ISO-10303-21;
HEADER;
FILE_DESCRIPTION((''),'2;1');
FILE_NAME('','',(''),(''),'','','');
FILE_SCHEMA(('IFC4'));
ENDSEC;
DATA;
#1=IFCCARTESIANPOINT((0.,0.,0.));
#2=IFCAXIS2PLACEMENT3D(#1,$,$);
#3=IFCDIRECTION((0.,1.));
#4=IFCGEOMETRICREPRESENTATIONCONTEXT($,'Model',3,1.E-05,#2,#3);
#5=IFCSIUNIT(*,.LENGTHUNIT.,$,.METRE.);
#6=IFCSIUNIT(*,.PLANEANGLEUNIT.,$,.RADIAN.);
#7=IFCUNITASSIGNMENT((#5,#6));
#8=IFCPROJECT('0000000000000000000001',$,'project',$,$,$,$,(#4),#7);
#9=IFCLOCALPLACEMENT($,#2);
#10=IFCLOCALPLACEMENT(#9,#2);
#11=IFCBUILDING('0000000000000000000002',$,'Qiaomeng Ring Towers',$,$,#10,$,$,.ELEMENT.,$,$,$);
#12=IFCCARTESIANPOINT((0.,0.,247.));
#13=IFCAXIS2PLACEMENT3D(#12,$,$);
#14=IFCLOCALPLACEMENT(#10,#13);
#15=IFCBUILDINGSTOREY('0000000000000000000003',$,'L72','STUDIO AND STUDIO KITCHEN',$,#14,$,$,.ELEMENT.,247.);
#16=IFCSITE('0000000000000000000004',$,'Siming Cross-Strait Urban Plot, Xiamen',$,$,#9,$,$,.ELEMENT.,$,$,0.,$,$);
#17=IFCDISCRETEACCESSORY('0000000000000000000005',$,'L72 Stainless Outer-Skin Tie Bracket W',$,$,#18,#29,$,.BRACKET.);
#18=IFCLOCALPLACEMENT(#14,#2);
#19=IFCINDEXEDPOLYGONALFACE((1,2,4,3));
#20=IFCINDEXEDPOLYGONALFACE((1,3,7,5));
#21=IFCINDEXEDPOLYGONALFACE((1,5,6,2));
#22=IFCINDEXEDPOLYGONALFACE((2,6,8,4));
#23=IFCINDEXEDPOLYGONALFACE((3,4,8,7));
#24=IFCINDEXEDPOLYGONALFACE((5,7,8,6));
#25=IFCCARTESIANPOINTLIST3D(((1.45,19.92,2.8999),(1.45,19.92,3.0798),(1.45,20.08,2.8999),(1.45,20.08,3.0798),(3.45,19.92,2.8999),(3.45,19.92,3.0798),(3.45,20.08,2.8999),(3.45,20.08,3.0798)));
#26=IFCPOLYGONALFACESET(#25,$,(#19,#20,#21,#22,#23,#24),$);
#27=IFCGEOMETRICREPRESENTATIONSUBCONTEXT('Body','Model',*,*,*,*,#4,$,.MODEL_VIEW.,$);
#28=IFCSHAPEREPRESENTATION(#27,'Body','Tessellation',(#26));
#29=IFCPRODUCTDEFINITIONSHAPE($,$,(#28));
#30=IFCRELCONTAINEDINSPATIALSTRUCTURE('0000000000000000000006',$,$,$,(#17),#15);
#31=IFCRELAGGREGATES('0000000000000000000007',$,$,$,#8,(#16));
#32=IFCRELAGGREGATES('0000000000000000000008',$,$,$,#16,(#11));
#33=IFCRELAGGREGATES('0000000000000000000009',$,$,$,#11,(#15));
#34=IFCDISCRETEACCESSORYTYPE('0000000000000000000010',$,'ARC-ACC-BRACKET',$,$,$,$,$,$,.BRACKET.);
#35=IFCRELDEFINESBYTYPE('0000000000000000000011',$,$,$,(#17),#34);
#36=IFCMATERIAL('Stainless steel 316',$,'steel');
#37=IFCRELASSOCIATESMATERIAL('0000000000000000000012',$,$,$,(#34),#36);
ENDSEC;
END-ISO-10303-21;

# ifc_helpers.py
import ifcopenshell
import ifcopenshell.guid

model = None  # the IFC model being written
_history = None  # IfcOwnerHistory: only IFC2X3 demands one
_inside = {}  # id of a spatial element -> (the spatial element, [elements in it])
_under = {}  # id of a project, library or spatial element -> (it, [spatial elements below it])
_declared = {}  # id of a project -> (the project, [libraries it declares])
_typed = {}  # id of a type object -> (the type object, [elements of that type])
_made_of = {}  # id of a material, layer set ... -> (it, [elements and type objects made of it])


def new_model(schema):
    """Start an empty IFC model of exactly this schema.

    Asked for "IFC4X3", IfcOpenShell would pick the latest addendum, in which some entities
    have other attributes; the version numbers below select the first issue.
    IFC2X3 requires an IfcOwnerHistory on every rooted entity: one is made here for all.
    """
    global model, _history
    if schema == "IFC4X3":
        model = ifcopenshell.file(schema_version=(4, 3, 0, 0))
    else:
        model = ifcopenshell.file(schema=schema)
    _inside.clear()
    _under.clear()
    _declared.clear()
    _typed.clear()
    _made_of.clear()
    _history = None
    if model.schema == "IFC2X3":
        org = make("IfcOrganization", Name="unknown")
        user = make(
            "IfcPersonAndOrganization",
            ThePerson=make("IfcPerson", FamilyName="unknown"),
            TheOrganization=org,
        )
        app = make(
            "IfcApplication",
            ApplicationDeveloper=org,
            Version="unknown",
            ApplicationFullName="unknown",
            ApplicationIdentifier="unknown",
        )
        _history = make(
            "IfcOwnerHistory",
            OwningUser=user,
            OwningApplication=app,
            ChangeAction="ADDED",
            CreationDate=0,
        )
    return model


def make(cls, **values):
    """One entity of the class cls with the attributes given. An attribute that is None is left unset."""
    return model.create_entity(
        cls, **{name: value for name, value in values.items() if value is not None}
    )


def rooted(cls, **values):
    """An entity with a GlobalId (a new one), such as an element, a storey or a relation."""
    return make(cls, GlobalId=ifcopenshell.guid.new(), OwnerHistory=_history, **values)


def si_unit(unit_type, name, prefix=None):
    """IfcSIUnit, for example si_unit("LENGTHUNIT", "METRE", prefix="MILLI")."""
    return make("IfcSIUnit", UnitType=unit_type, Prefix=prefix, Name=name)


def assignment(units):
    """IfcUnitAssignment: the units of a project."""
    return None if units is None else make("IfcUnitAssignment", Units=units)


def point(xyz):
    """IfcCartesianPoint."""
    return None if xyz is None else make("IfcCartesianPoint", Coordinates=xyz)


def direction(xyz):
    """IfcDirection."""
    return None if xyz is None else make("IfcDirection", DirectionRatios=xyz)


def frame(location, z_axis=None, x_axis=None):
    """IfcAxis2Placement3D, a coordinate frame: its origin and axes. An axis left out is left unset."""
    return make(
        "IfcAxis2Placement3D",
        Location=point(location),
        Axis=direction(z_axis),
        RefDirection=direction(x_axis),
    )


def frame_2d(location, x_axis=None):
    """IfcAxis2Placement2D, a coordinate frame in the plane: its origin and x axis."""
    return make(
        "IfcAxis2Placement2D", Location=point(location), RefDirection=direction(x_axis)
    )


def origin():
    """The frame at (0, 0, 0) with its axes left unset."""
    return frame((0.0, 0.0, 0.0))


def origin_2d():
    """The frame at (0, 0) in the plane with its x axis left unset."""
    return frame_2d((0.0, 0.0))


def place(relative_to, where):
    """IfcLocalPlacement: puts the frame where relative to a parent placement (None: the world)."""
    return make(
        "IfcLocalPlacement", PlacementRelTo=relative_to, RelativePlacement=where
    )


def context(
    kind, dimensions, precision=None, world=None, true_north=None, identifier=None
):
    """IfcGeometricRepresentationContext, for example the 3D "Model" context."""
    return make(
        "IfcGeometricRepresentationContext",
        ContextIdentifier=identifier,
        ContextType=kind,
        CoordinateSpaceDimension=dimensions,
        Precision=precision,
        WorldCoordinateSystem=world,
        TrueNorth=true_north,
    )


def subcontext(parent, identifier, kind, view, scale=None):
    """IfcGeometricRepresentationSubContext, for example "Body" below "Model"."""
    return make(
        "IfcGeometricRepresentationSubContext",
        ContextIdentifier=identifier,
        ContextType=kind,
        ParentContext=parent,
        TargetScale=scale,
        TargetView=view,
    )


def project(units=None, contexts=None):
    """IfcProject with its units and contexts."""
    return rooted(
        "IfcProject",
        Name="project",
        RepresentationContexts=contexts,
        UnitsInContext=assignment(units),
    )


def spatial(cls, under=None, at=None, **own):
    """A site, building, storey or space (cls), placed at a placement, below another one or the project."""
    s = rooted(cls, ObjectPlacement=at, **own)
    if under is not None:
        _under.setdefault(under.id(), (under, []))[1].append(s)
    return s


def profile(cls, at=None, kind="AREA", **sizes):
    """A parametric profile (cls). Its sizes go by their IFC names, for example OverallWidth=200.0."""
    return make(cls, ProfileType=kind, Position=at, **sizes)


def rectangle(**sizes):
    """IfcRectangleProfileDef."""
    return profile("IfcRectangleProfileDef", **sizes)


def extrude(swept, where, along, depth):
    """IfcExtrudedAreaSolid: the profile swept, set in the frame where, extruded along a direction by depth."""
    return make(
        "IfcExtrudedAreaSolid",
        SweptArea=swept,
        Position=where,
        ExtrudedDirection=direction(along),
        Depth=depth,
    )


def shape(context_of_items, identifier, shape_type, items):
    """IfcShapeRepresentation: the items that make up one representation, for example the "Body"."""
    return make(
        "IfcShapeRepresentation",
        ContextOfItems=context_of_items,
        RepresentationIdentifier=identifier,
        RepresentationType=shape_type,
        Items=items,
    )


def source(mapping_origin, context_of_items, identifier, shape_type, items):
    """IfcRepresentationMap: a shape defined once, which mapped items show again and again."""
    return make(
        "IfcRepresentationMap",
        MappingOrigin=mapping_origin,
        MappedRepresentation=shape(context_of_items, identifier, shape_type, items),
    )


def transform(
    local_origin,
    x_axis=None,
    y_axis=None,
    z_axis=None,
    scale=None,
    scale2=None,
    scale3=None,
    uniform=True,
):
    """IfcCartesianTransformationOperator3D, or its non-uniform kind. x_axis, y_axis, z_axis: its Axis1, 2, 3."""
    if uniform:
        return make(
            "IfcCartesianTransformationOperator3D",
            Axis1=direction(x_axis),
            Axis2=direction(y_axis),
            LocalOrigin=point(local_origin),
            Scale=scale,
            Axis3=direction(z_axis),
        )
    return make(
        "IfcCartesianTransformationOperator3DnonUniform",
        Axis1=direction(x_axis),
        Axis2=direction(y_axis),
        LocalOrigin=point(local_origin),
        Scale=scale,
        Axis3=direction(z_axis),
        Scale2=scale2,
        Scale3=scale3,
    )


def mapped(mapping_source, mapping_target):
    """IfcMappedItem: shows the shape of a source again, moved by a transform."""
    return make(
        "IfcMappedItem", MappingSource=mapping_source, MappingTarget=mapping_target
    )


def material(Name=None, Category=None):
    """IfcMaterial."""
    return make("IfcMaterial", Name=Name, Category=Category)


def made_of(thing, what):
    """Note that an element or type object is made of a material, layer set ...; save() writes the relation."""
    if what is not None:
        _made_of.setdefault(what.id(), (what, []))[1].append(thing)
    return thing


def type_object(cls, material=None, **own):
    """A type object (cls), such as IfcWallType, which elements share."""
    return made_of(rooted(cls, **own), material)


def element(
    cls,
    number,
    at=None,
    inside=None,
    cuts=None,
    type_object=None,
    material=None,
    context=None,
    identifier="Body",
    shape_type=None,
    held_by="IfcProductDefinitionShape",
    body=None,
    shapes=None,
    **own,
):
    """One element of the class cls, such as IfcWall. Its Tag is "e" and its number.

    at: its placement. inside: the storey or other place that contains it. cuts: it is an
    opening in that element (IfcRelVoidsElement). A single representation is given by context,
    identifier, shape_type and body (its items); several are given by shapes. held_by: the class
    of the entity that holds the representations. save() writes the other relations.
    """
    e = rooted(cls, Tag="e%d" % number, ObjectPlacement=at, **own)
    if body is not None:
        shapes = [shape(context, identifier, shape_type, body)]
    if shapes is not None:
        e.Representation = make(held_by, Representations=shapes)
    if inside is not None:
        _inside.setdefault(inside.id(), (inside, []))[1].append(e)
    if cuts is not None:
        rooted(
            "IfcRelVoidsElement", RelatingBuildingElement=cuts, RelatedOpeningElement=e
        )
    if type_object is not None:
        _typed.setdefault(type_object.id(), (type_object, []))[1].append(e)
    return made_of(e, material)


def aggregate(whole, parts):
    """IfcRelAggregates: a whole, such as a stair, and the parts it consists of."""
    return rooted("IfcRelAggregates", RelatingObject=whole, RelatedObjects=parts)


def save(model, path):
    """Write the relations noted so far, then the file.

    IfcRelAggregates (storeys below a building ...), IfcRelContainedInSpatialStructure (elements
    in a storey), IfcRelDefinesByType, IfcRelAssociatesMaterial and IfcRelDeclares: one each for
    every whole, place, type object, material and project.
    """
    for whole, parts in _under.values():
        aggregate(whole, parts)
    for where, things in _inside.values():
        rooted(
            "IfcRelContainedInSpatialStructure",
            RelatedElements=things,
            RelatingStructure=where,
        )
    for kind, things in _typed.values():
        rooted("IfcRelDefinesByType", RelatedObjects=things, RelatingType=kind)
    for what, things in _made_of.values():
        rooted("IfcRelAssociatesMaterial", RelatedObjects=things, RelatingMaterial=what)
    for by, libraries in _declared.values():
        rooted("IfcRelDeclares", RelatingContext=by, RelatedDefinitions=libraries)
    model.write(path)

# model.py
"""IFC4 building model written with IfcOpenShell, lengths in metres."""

from ifc_helpers import new_model, si_unit, direction, frame, origin, origin_2d, place, context, subcontext, project, spatial, rectangle, extrude, source, transform, mapped, material, type_object, element, save


model = new_model("IFC4")

# Units and contexts
model_context = context("Model", 3, precision=1e-05, world=origin(), true_north=direction((0.0, 1.0)))
body_context = subcontext(model_context, "Body", "Model", "MODEL_VIEW")
ifc_project = project(units=[si_unit("LENGTHUNIT", "METRE"), si_unit("PLANEANGLEUNIT", "RADIAN")], contexts=[model_context])

# Site, building, storey
site_placement = place(None, origin())
site = spatial("IfcSite", under=ifc_project, at=site_placement, Name="Siming Cross-Strait Urban Plot, Xiamen", CompositionType="ELEMENT", RefElevation=0.0)
building_placement = place(site_placement, origin())
building = spatial("IfcBuilding", under=site, at=building_placement, Name="Qiaomeng Ring Towers", CompositionType="ELEMENT")
storey_placement = place(building_placement, frame((0.0, 0.0, 247.0)))
storey = spatial("IfcBuildingStorey", under=building, at=storey_placement, Name="L72", Description="STUDIO AND STUDIO KITCHEN", CompositionType="ELEMENT", Elevation=247.0)

# Shared definitions
ifc_material_1 = material(Name="Stainless steel 316", Category="steel")

# Discrete accessory
discrete_accessory_type = type_object("IfcDiscreteAccessoryType", Name="ARC-ACC-BRACKET", PredefinedType="BRACKET", material=ifc_material_1)
shared_shape_1 = source(origin(), body_context, "Body", "SweptSolid", [
    extrude(rectangle(XDim=2.0, YDim=0.1599, at=origin_2d()), origin(), (0.0, 0.0, 1.0), 0.1799),
])
discrete_accessory_placement = place(storey_placement, frame((2.45, 20.0, 2.8999), z_axis=(0.0, 0.0, 1.0), x_axis=(1.0, 0.0, 0.0)))
element("IfcDiscreteAccessory", 1, at=discrete_accessory_placement, inside=storey, type_object=discrete_accessory_type, Name="L72 Stainless Outer-Skin Tie Bracket W", PredefinedType="BRACKET", context=body_context, shape_type="MappedRepresentation", body=[
    mapped(shared_shape_1, transform((0.0, 0.0, 0.0), x_axis=(1.0, 0.0, 0.0), y_axis=(0.0, 1.0, 0.0), z_axis=(0.0, 0.0, 1.0), scale=1.0)),
])

save(model, "model.ifc")
